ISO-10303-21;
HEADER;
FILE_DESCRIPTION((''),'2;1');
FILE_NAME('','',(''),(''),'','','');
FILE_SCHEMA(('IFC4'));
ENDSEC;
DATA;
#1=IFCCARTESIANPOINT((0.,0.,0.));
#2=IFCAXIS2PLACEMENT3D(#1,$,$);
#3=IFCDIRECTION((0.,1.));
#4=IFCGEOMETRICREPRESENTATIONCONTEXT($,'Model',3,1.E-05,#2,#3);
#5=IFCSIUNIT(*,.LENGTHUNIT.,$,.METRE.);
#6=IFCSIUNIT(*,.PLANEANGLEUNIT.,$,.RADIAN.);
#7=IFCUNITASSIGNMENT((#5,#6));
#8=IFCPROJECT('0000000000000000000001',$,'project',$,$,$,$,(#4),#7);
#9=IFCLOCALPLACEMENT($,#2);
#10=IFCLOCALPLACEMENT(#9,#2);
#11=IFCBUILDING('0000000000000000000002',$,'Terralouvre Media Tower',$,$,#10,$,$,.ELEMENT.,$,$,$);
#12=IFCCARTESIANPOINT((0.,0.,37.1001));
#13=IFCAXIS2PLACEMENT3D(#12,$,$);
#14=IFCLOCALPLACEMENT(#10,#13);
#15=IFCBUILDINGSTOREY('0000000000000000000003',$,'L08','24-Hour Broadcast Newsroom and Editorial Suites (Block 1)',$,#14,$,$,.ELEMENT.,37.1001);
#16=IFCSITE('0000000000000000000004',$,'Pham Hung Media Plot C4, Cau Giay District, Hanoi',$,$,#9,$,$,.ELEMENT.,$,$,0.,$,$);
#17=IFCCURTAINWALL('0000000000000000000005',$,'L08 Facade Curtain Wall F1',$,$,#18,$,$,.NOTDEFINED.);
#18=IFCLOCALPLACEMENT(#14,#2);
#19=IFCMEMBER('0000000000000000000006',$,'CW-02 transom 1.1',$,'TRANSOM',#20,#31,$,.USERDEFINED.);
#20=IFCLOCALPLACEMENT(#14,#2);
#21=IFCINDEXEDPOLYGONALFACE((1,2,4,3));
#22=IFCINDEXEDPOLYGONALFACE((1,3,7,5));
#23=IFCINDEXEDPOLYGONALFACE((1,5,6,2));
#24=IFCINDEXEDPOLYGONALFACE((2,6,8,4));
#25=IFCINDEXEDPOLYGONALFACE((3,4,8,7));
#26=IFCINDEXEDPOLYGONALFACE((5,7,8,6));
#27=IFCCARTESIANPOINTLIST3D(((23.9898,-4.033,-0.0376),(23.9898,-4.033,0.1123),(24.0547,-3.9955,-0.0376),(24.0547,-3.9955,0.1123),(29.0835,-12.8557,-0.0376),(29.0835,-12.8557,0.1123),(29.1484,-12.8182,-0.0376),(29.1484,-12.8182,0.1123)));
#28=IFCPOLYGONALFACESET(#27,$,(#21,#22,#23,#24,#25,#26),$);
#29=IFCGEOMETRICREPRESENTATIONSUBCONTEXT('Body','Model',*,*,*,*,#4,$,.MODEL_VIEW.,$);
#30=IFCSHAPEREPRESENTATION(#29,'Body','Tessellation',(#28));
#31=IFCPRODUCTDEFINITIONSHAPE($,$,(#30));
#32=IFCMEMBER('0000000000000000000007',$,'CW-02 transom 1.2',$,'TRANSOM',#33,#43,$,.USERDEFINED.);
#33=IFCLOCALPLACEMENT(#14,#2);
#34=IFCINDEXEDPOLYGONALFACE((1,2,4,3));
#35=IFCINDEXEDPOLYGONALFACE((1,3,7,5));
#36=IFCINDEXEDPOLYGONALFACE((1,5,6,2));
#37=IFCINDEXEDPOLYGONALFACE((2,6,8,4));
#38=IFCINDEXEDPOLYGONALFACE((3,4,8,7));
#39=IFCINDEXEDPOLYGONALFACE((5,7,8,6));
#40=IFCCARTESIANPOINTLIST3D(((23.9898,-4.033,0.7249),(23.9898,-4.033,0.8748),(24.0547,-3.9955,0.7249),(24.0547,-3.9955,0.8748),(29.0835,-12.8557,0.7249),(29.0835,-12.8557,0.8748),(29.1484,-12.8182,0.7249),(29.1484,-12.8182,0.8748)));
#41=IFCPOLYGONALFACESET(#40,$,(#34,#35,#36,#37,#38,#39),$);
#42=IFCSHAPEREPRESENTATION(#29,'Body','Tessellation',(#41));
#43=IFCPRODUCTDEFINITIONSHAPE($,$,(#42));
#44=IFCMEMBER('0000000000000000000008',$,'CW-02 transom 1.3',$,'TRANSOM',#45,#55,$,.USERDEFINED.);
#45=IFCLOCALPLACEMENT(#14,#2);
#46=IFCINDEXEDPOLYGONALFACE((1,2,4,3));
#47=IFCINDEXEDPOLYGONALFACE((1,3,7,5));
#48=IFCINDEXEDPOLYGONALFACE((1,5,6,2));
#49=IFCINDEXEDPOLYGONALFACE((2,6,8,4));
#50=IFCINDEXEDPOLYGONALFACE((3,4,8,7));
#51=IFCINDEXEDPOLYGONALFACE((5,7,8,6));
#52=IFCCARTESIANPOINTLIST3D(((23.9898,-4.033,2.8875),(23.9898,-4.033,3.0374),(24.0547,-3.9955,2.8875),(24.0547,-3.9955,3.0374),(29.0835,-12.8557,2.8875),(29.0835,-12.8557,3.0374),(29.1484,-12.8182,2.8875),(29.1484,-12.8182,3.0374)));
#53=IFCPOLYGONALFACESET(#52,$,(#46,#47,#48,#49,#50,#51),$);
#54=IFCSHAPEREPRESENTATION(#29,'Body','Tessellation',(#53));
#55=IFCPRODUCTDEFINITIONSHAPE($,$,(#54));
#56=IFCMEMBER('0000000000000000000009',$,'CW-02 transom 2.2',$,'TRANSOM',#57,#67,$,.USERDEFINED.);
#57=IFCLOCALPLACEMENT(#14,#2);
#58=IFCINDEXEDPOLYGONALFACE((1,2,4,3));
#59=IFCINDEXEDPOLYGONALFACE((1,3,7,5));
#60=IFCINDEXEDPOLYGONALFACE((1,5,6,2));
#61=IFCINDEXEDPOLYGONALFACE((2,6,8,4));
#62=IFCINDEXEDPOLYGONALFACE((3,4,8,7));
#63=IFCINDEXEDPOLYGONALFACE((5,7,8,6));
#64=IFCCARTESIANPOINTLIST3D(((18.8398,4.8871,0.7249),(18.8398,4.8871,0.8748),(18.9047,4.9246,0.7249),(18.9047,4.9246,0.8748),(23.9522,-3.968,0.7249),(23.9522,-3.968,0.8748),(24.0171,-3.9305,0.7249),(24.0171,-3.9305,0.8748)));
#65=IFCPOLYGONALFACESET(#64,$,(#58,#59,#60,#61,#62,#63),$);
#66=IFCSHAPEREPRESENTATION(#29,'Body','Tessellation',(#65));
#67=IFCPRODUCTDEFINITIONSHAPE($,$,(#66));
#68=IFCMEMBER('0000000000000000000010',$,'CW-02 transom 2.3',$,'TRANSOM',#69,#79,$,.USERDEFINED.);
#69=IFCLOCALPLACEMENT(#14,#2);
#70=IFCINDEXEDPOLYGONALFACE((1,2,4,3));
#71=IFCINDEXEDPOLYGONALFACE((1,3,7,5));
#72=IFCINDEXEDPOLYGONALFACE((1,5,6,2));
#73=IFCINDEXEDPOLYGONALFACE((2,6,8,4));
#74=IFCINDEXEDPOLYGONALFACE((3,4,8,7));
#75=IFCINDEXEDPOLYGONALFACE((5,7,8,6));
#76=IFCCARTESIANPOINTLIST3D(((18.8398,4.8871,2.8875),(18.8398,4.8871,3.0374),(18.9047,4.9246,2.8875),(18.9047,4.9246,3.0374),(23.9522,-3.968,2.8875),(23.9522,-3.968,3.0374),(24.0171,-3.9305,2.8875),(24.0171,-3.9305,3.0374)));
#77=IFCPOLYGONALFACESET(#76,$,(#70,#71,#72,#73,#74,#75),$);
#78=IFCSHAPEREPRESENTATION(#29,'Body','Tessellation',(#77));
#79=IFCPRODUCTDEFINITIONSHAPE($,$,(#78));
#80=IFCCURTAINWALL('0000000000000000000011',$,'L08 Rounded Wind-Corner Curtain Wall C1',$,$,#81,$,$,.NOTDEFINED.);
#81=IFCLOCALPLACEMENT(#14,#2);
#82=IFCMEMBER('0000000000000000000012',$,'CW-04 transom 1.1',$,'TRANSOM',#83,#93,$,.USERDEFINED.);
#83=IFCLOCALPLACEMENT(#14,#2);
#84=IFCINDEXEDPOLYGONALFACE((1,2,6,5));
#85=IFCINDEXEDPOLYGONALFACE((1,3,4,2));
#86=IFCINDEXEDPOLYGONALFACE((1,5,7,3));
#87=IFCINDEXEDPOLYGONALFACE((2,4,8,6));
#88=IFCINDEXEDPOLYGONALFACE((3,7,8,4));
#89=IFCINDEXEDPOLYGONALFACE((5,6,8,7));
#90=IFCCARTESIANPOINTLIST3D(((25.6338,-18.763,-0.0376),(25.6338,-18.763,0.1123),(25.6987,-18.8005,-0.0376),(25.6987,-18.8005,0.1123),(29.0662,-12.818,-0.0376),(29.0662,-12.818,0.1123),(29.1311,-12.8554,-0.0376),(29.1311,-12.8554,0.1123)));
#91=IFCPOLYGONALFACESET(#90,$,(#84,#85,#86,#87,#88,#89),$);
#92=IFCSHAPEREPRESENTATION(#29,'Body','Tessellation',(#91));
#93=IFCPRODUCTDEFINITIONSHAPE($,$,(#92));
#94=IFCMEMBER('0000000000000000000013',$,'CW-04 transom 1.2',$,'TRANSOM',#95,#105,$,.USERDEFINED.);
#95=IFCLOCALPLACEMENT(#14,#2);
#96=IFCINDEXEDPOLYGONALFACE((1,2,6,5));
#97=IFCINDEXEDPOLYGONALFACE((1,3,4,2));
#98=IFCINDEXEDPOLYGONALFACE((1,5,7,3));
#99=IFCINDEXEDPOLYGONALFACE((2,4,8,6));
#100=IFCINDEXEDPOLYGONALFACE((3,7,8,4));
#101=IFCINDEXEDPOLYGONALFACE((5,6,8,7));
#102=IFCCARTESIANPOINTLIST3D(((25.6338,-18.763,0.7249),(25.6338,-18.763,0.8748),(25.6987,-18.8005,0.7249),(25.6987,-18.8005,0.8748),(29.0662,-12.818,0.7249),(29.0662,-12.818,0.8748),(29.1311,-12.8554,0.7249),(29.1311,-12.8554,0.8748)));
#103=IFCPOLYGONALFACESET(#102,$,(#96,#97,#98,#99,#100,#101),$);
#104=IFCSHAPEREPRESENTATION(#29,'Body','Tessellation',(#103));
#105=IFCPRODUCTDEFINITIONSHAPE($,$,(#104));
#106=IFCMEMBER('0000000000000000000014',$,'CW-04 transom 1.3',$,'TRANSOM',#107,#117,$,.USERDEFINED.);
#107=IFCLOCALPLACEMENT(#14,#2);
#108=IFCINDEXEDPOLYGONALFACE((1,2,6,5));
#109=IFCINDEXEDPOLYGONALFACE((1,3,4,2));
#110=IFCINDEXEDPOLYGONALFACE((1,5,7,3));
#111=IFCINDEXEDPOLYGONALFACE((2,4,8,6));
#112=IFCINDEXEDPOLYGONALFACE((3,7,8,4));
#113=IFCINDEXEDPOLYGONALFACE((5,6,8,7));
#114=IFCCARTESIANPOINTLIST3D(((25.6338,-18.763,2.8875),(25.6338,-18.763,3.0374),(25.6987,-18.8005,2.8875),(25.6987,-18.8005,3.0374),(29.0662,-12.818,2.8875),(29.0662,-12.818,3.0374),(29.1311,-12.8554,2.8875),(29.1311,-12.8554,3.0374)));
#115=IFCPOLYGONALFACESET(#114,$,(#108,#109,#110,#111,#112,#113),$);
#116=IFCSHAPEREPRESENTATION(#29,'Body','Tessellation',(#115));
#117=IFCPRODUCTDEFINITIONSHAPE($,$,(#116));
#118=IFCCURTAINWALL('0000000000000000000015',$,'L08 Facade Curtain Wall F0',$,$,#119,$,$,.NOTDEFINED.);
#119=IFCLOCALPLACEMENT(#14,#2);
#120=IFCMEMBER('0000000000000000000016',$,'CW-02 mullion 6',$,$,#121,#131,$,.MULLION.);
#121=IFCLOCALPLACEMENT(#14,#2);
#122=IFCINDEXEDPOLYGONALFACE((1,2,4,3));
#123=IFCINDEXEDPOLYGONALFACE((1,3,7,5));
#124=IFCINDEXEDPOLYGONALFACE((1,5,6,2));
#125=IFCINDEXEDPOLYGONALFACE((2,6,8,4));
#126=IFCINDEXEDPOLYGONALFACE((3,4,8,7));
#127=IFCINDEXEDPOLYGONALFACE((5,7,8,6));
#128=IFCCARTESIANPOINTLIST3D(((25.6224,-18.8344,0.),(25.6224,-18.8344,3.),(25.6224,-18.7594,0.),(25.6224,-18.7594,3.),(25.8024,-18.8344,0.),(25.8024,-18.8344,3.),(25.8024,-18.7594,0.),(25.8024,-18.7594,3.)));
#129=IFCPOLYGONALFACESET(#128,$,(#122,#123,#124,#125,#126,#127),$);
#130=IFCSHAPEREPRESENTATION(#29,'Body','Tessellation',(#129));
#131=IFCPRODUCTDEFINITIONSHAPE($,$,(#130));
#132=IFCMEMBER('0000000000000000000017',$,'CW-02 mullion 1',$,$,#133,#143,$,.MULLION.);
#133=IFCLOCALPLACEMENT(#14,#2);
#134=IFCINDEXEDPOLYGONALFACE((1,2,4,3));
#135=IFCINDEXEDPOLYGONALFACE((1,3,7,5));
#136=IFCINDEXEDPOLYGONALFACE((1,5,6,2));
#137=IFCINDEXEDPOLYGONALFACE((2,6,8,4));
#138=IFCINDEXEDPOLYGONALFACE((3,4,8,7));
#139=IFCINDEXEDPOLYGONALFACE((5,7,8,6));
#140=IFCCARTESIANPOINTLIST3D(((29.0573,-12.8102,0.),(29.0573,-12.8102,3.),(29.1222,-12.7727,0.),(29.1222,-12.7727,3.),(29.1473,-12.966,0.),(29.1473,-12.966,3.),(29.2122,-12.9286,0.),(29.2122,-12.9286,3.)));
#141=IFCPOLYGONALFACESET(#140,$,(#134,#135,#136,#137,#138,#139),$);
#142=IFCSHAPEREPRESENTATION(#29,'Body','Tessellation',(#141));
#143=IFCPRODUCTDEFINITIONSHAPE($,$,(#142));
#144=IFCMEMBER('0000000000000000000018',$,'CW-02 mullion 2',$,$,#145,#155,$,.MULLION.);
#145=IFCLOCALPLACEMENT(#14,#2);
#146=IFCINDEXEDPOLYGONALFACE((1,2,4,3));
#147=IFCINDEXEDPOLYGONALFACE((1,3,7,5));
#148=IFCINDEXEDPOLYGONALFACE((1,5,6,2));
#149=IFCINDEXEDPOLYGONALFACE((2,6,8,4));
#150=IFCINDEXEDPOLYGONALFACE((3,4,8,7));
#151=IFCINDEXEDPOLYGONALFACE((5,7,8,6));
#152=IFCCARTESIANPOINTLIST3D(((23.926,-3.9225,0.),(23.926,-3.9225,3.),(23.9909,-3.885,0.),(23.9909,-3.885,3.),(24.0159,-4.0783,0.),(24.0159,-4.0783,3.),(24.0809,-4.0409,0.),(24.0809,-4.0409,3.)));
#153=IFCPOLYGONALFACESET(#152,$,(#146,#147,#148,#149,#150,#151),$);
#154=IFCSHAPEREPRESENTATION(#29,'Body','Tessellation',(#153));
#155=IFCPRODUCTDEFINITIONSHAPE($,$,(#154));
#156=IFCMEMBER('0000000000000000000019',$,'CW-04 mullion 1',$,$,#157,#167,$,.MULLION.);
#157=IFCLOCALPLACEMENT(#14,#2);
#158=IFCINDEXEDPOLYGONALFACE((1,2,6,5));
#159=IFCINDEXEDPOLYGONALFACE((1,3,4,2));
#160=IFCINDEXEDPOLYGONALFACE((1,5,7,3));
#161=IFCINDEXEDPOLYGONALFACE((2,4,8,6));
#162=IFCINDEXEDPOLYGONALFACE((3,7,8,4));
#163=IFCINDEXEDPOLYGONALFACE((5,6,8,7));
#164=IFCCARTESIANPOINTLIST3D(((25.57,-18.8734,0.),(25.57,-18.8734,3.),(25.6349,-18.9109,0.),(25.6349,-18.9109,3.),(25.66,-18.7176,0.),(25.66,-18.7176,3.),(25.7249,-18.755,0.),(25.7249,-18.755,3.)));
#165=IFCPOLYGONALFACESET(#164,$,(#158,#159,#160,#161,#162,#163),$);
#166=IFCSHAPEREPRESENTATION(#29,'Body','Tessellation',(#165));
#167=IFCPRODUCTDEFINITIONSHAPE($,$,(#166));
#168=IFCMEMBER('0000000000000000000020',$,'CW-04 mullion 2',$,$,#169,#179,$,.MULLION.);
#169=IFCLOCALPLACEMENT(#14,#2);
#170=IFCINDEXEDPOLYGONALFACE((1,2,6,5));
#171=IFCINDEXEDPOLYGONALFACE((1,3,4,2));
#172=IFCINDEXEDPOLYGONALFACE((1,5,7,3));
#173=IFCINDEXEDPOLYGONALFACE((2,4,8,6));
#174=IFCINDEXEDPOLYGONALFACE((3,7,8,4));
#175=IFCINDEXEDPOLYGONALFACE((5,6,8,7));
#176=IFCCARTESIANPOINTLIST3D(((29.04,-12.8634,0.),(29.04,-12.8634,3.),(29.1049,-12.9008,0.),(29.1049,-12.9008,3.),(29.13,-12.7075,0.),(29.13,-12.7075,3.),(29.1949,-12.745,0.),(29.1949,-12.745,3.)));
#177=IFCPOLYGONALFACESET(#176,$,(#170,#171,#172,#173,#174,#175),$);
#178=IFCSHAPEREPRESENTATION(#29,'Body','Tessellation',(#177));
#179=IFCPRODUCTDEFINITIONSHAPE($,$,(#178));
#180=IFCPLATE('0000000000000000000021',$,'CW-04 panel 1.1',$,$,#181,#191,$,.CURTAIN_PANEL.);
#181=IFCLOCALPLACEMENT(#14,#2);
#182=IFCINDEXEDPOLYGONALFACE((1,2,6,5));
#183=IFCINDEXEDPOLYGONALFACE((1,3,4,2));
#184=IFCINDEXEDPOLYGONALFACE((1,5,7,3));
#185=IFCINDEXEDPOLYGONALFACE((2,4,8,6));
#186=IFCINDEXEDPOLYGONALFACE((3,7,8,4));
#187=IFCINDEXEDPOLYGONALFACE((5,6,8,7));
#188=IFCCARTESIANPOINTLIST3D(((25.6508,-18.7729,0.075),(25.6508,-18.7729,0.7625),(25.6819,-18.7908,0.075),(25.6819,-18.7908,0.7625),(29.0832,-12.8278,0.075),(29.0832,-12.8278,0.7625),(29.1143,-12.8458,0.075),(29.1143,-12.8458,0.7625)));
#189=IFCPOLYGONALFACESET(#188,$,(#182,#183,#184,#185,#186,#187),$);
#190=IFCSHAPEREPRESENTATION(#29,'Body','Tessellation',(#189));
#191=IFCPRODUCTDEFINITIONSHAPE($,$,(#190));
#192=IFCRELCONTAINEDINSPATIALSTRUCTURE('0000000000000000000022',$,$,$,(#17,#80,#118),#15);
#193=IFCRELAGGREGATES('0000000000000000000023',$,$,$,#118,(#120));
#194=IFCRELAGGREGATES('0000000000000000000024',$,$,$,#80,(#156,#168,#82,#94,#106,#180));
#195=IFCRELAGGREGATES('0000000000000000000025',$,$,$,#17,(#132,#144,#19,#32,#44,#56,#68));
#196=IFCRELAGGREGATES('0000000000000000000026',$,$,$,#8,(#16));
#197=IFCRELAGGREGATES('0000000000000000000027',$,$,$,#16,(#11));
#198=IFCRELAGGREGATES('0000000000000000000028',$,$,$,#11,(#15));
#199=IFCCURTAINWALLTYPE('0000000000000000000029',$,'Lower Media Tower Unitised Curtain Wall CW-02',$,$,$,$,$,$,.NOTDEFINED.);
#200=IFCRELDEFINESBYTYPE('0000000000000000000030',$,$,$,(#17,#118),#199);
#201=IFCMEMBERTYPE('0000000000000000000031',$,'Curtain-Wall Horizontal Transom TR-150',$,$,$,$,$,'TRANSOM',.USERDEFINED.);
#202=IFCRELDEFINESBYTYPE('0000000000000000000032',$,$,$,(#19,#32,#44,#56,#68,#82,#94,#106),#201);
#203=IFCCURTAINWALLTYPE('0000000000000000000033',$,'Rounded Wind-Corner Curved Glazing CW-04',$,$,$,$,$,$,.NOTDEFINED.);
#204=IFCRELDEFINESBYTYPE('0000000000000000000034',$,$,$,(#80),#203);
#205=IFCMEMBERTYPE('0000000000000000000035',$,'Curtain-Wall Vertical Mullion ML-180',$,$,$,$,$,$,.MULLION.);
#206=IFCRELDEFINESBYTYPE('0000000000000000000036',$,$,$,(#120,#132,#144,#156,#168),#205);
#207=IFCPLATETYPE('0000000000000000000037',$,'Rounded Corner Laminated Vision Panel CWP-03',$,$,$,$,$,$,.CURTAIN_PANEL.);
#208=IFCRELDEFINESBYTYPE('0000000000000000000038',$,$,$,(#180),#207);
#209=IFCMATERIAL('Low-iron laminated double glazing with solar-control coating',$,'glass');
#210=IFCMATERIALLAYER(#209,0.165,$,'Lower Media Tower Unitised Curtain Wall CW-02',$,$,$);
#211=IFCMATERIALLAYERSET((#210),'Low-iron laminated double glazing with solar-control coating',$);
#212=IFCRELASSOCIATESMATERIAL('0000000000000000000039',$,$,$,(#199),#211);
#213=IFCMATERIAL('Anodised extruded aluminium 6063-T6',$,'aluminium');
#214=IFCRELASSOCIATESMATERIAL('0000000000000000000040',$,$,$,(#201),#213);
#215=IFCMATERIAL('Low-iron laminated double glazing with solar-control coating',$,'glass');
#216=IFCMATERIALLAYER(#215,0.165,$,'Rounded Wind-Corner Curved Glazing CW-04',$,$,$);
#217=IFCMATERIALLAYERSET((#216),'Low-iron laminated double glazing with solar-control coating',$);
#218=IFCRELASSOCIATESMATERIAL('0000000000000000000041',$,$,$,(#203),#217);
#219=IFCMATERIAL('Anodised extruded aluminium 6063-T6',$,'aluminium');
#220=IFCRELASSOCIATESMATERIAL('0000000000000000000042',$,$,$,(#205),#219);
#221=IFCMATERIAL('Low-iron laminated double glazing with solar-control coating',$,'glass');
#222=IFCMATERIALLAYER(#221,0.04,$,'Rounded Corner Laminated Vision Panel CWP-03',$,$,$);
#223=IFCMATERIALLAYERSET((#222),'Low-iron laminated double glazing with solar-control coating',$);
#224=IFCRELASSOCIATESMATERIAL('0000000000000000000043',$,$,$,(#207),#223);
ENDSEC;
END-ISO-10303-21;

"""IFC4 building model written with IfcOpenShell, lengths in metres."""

from ifc_helpers import new_model, si_unit, direction, frame, origin, origin_2d, place, context, subcontext, project, spatial, rectangle, extrude, material, layer, layer_set, material_profile, profile_set, type_object, element, aggregate, save


model = new_model("IFC4")

# Units and contexts
model_context = context("Model", 3, precision=1e-05, world=origin(), true_north=direction((0.0, 1.0)))
body_context = subcontext(model_context, "Body", "Model", "MODEL_VIEW")
ifc_project = project(units=[si_unit("LENGTHUNIT", "METRE"), si_unit("PLANEANGLEUNIT", "RADIAN")], contexts=[model_context])

# Site, building, storey
site_placement = place(None, origin())
site = spatial("IfcSite", under=ifc_project, at=site_placement, Name="Pham Hung Media Plot C4, Cau Giay District, Hanoi", CompositionType="ELEMENT", RefElevation=0.0)
building_placement = place(site_placement, origin())
building = spatial("IfcBuilding", under=site, at=building_placement, Name="Terralouvre Media Tower", CompositionType="ELEMENT")
storey_placement = place(building_placement, frame((0.0, 0.0, 37.1001)))
storey = spatial("IfcBuildingStorey", under=building, at=storey_placement, Name="L08", Description="24-Hour Broadcast Newsroom and Editorial Suites (Block 1)", CompositionType="ELEMENT", Elevation=37.1001)

# Curtain walls, members
ifc_material_1 = material(Name="Low-iron laminated double glazing with solar-control coating", Category="glass")
ifc_layer_1 = layer(ifc_material_1, 0.165, Name="Lower Media Tower Unitised Curtain Wall CW-02")
ifc_layer_set_1 = layer_set([ifc_layer_1], Name="Low-iron laminated double glazing with solar-control coating")
curtain_wall_type_1 = type_object("IfcCurtainWallType", Name="Lower Media Tower Unitised Curtain Wall CW-02", PredefinedType="NOTDEFINED", material=ifc_layer_set_1)
curtain_wall_1_placement = place(storey_placement, origin())
curtain_wall_1 = element("IfcCurtainWall", 1, at=curtain_wall_1_placement, inside=storey, type_object=curtain_wall_type_1, Name="L08 Facade Curtain Wall F1", PredefinedType="NOTDEFINED")
ifc_material_2 = material(Name="Anodised extruded aluminium 6063-T6", Category="aluminium")
ifc_material_profile_1 = material_profile(ifc_material_2, rectangle(XDim=0.075, YDim=0.1499, at=origin_2d()), Name="ALU 75x150")
ifc_profile_set_1 = profile_set([ifc_material_profile_1], Name="Anodised extruded aluminium 6063-T6")
member_type_1 = type_object("IfcMemberType", Name="Curtain-Wall Horizontal Transom TR-150", ElementType="TRANSOM", PredefinedType="USERDEFINED", material=ifc_profile_set_1)
member_1_placement = place(storey_placement, frame((29.116, -12.8369, 0.0374), z_axis=(-0.499995, 0.866028, 0.0), x_axis=(-0.866028, -0.499995, 0.0)))
member_1 = element("IfcMember", 2, at=member_1_placement, type_object=member_type_1, Name="CW-02 transom 1.1", ObjectType="TRANSOM", PredefinedType="USERDEFINED", context=body_context, shape_type="SweptSolid", body=[
    extrude(rectangle(XDim=0.075, YDim=0.1499, at=origin_2d()), origin(), (0.0, 0.0, 1.0), 10.1875),
])
member_2_placement = place(storey_placement, frame((29.116, -12.8369, 0.7998), z_axis=(-0.499995, 0.866028, 0.0), x_axis=(-0.866028, -0.499995, 0.0)))
member_2 = element("IfcMember", 3, at=member_2_placement, type_object=member_type_1, Name="CW-02 transom 1.2", ObjectType="TRANSOM", PredefinedType="USERDEFINED", context=body_context, shape_type="SweptSolid", body=[
    extrude(rectangle(XDim=0.075, YDim=0.1499, at=origin_2d()), origin(), (0.0, 0.0, 1.0), 10.1875),
])
member_3_placement = place(storey_placement, frame((29.116, -12.8369, 2.9624), z_axis=(-0.499995, 0.866028, 0.0), x_axis=(-0.866028, -0.499995, 0.0)))
member_3 = element("IfcMember", 4, at=member_3_placement, type_object=member_type_1, Name="CW-02 transom 1.3", ObjectType="TRANSOM", PredefinedType="USERDEFINED", context=body_context, shape_type="SweptSolid", body=[
    extrude(rectangle(XDim=0.075, YDim=0.1499, at=origin_2d()), origin(), (0.0, 0.0, 1.0), 10.1875),
])
member_4_placement = place(storey_placement, frame((23.9846, -3.9492, 0.7998), z_axis=(-0.499991, 0.866031, 0.0), x_axis=(-0.866031, -0.499991, 0.0)))
member_4 = element("IfcMember", 5, at=member_4_placement, type_object=member_type_1, Name="CW-02 transom 2.2", ObjectType="TRANSOM", PredefinedType="USERDEFINED", context=body_context, shape_type="SweptSolid", body=[
    extrude(rectangle(XDim=0.075, YDim=0.1499, at=origin_2d()), origin(), (0.0, 0.0, 1.0), 10.2249),
])
member_5_placement = place(storey_placement, frame((23.9846, -3.9492, 2.9624), z_axis=(-0.499991, 0.866031, 0.0), x_axis=(-0.866031, -0.499991, 0.0)))
member_5 = element("IfcMember", 6, at=member_5_placement, type_object=member_type_1, Name="CW-02 transom 2.3", ObjectType="TRANSOM", PredefinedType="USERDEFINED", context=body_context, shape_type="SweptSolid", body=[
    extrude(rectangle(XDim=0.075, YDim=0.1499, at=origin_2d()), origin(), (0.0, 0.0, 1.0), 10.2249),
])
ifc_material_3 = material(Name="Low-iron laminated double glazing with solar-control coating", Category="glass")
ifc_layer_2 = layer(ifc_material_3, 0.165, Name="Rounded Wind-Corner Curved Glazing CW-04")
ifc_layer_set_2 = layer_set([ifc_layer_2], Name="Low-iron laminated double glazing with solar-control coating")
curtain_wall_type_2 = type_object("IfcCurtainWallType", Name="Rounded Wind-Corner Curved Glazing CW-04", PredefinedType="NOTDEFINED", material=ifc_layer_set_2)
curtain_wall_2_placement = place(storey_placement, origin())
curtain_wall_2 = element("IfcCurtainWall", 7, at=curtain_wall_2_placement, inside=storey, type_object=curtain_wall_type_2, Name="L08 Rounded Wind-Corner Curtain Wall C1", PredefinedType="NOTDEFINED")
member_6_placement = place(storey_placement, frame((25.6663, -18.7817, 0.0374), z_axis=(0.499998, 0.866026, 0.0), x_axis=(-0.866026, 0.499998, 0.0)))
member_6 = element("IfcMember", 8, at=member_6_placement, type_object=member_type_1, Name="CW-04 transom 1.1", ObjectType="TRANSOM", PredefinedType="USERDEFINED", context=body_context, shape_type="SweptSolid", body=[
    extrude(rectangle(XDim=0.075, YDim=0.1499, at=origin_2d()), origin(), (0.0, 0.0, 1.0), 6.8647),
])
member_7_placement = place(storey_placement, frame((25.6663, -18.7817, 0.7998), z_axis=(0.499998, 0.866026, 0.0), x_axis=(-0.866026, 0.499998, 0.0)))
member_7 = element("IfcMember", 9, at=member_7_placement, type_object=member_type_1, Name="CW-04 transom 1.2", ObjectType="TRANSOM", PredefinedType="USERDEFINED", context=body_context, shape_type="SweptSolid", body=[
    extrude(rectangle(XDim=0.075, YDim=0.1499, at=origin_2d()), origin(), (0.0, 0.0, 1.0), 6.8647),
])
member_8_placement = place(storey_placement, frame((25.6663, -18.7817, 2.9624), z_axis=(0.499998, 0.866026, 0.0), x_axis=(-0.866026, 0.499998, 0.0)))
member_8 = element("IfcMember", 10, at=member_8_placement, type_object=member_type_1, Name="CW-04 transom 1.3", ObjectType="TRANSOM", PredefinedType="USERDEFINED", context=body_context, shape_type="SweptSolid", body=[
    extrude(rectangle(XDim=0.075, YDim=0.1499, at=origin_2d()), origin(), (0.0, 0.0, 1.0), 6.8647),
])

# Curtain wall, member
curtain_wall_3_placement = place(storey_placement, origin())
curtain_wall_3 = element("IfcCurtainWall", 11, at=curtain_wall_3_placement, inside=storey, type_object=curtain_wall_type_1, Name="L08 Facade Curtain Wall F0", PredefinedType="NOTDEFINED")
ifc_material_4 = material(Name="Anodised extruded aluminium 6063-T6", Category="aluminium")
ifc_material_profile_2 = material_profile(ifc_material_4, rectangle(XDim=0.075, YDim=0.1799, at=origin_2d()), Name="ALU 75x180")
ifc_profile_set_2 = profile_set([ifc_material_profile_2], Name="Anodised extruded aluminium 6063-T6")
member_type_2 = type_object("IfcMemberType", Name="Curtain-Wall Vertical Mullion ML-180", PredefinedType="MULLION", material=ifc_profile_set_2)
member_9_placement = place(storey_placement, frame((25.7124, -18.7969, 0.0), z_axis=(0.0, 0.0, 1.0), x_axis=(0.0, 1.0, 0.0)))
member_9 = element("IfcMember", 12, at=member_9_placement, type_object=member_type_2, Name="CW-02 mullion 6", PredefinedType="MULLION", context=body_context, shape_type="SweptSolid", body=[
    extrude(rectangle(XDim=0.075, YDim=0.1799, at=origin_2d()), origin(), (0.0, 0.0, 1.0), 3.0),
])
aggregate(curtain_wall_3, [member_9])

# Members
member_10_placement = place(storey_placement, frame((29.1348, -12.8694, 0.0), z_axis=(0.0, 0.0, 1.0), x_axis=(-0.866025, -0.5, 0.0)))
member_10 = element("IfcMember", 13, at=member_10_placement, type_object=member_type_2, Name="CW-02 mullion 1", PredefinedType="MULLION", context=body_context, shape_type="SweptSolid", body=[
    extrude(rectangle(XDim=0.075, YDim=0.1799, at=origin_2d()), origin(), (0.0, 0.0, 1.0), 3.0),
])
member_11_placement = place(storey_placement, frame((24.0034, -3.9817, 0.0), z_axis=(0.0, 0.0, 1.0), x_axis=(-0.866025, -0.5, 0.0)))
member_11 = element("IfcMember", 14, at=member_11_placement, type_object=member_type_2, Name="CW-02 mullion 2", PredefinedType="MULLION", context=body_context, shape_type="SweptSolid", body=[
    extrude(rectangle(XDim=0.075, YDim=0.1799, at=origin_2d()), origin(), (0.0, 0.0, 1.0), 3.0),
])
member_12_placement = place(storey_placement, frame((25.6475, -18.8142, 0.0), z_axis=(0.0, 0.0, 1.0), x_axis=(-0.866026, 0.5, 0.0)))
member_12 = element("IfcMember", 15, at=member_12_placement, type_object=member_type_2, Name="CW-04 mullion 1", PredefinedType="MULLION", context=body_context, shape_type="SweptSolid", body=[
    extrude(rectangle(XDim=0.075, YDim=0.1799, at=origin_2d()), origin(), (0.0, 0.0, 1.0), 3.0),
])
member_13_placement = place(storey_placement, frame((29.1174, -12.8042, 0.0), z_axis=(0.0, 0.0, 1.0), x_axis=(-0.866026, 0.5, 0.0)))
member_13 = element("IfcMember", 16, at=member_13_placement, type_object=member_type_2, Name="CW-04 mullion 2", PredefinedType="MULLION", context=body_context, shape_type="SweptSolid", body=[
    extrude(rectangle(XDim=0.075, YDim=0.1799, at=origin_2d()), origin(), (0.0, 0.0, 1.0), 3.0),
])

# Plate
ifc_material_5 = material(Name="Low-iron laminated double glazing with solar-control coating", Category="glass")
ifc_layer_3 = layer(ifc_material_5, 0.04, Name="Rounded Corner Laminated Vision Panel CWP-03")
ifc_layer_set_3 = layer_set([ifc_layer_3], Name="Low-iron laminated double glazing with solar-control coating")
plate_type_1 = type_object("IfcPlateType", Name="Rounded Corner Laminated Vision Panel CWP-03", PredefinedType="CURTAIN_PANEL", material=ifc_layer_set_3)
plate_1_placement = place(storey_placement, frame((27.3826, -15.8093, 0.075), z_axis=(0.0, 0.0, 1.0), x_axis=(0.5, 0.866026, 0.0)))
plate_1 = element("IfcPlate", 17, at=plate_1_placement, type_object=plate_type_1, Name="CW-04 panel 1.1", PredefinedType="CURTAIN_PANEL", context=body_context, shape_type="SweptSolid", body=[
    extrude(rectangle(XDim=6.8647, YDim=0.0359, at=origin_2d()), origin(), (0.0, 0.0, 1.0), 0.6875),
])
aggregate(curtain_wall_2, [member_12, member_13, member_6, member_7, member_8, plate_1])
aggregate(curtain_wall_1, [member_10, member_11, member_1, member_2, member_3, member_4, member_5])

save(model, "model.ifc")
